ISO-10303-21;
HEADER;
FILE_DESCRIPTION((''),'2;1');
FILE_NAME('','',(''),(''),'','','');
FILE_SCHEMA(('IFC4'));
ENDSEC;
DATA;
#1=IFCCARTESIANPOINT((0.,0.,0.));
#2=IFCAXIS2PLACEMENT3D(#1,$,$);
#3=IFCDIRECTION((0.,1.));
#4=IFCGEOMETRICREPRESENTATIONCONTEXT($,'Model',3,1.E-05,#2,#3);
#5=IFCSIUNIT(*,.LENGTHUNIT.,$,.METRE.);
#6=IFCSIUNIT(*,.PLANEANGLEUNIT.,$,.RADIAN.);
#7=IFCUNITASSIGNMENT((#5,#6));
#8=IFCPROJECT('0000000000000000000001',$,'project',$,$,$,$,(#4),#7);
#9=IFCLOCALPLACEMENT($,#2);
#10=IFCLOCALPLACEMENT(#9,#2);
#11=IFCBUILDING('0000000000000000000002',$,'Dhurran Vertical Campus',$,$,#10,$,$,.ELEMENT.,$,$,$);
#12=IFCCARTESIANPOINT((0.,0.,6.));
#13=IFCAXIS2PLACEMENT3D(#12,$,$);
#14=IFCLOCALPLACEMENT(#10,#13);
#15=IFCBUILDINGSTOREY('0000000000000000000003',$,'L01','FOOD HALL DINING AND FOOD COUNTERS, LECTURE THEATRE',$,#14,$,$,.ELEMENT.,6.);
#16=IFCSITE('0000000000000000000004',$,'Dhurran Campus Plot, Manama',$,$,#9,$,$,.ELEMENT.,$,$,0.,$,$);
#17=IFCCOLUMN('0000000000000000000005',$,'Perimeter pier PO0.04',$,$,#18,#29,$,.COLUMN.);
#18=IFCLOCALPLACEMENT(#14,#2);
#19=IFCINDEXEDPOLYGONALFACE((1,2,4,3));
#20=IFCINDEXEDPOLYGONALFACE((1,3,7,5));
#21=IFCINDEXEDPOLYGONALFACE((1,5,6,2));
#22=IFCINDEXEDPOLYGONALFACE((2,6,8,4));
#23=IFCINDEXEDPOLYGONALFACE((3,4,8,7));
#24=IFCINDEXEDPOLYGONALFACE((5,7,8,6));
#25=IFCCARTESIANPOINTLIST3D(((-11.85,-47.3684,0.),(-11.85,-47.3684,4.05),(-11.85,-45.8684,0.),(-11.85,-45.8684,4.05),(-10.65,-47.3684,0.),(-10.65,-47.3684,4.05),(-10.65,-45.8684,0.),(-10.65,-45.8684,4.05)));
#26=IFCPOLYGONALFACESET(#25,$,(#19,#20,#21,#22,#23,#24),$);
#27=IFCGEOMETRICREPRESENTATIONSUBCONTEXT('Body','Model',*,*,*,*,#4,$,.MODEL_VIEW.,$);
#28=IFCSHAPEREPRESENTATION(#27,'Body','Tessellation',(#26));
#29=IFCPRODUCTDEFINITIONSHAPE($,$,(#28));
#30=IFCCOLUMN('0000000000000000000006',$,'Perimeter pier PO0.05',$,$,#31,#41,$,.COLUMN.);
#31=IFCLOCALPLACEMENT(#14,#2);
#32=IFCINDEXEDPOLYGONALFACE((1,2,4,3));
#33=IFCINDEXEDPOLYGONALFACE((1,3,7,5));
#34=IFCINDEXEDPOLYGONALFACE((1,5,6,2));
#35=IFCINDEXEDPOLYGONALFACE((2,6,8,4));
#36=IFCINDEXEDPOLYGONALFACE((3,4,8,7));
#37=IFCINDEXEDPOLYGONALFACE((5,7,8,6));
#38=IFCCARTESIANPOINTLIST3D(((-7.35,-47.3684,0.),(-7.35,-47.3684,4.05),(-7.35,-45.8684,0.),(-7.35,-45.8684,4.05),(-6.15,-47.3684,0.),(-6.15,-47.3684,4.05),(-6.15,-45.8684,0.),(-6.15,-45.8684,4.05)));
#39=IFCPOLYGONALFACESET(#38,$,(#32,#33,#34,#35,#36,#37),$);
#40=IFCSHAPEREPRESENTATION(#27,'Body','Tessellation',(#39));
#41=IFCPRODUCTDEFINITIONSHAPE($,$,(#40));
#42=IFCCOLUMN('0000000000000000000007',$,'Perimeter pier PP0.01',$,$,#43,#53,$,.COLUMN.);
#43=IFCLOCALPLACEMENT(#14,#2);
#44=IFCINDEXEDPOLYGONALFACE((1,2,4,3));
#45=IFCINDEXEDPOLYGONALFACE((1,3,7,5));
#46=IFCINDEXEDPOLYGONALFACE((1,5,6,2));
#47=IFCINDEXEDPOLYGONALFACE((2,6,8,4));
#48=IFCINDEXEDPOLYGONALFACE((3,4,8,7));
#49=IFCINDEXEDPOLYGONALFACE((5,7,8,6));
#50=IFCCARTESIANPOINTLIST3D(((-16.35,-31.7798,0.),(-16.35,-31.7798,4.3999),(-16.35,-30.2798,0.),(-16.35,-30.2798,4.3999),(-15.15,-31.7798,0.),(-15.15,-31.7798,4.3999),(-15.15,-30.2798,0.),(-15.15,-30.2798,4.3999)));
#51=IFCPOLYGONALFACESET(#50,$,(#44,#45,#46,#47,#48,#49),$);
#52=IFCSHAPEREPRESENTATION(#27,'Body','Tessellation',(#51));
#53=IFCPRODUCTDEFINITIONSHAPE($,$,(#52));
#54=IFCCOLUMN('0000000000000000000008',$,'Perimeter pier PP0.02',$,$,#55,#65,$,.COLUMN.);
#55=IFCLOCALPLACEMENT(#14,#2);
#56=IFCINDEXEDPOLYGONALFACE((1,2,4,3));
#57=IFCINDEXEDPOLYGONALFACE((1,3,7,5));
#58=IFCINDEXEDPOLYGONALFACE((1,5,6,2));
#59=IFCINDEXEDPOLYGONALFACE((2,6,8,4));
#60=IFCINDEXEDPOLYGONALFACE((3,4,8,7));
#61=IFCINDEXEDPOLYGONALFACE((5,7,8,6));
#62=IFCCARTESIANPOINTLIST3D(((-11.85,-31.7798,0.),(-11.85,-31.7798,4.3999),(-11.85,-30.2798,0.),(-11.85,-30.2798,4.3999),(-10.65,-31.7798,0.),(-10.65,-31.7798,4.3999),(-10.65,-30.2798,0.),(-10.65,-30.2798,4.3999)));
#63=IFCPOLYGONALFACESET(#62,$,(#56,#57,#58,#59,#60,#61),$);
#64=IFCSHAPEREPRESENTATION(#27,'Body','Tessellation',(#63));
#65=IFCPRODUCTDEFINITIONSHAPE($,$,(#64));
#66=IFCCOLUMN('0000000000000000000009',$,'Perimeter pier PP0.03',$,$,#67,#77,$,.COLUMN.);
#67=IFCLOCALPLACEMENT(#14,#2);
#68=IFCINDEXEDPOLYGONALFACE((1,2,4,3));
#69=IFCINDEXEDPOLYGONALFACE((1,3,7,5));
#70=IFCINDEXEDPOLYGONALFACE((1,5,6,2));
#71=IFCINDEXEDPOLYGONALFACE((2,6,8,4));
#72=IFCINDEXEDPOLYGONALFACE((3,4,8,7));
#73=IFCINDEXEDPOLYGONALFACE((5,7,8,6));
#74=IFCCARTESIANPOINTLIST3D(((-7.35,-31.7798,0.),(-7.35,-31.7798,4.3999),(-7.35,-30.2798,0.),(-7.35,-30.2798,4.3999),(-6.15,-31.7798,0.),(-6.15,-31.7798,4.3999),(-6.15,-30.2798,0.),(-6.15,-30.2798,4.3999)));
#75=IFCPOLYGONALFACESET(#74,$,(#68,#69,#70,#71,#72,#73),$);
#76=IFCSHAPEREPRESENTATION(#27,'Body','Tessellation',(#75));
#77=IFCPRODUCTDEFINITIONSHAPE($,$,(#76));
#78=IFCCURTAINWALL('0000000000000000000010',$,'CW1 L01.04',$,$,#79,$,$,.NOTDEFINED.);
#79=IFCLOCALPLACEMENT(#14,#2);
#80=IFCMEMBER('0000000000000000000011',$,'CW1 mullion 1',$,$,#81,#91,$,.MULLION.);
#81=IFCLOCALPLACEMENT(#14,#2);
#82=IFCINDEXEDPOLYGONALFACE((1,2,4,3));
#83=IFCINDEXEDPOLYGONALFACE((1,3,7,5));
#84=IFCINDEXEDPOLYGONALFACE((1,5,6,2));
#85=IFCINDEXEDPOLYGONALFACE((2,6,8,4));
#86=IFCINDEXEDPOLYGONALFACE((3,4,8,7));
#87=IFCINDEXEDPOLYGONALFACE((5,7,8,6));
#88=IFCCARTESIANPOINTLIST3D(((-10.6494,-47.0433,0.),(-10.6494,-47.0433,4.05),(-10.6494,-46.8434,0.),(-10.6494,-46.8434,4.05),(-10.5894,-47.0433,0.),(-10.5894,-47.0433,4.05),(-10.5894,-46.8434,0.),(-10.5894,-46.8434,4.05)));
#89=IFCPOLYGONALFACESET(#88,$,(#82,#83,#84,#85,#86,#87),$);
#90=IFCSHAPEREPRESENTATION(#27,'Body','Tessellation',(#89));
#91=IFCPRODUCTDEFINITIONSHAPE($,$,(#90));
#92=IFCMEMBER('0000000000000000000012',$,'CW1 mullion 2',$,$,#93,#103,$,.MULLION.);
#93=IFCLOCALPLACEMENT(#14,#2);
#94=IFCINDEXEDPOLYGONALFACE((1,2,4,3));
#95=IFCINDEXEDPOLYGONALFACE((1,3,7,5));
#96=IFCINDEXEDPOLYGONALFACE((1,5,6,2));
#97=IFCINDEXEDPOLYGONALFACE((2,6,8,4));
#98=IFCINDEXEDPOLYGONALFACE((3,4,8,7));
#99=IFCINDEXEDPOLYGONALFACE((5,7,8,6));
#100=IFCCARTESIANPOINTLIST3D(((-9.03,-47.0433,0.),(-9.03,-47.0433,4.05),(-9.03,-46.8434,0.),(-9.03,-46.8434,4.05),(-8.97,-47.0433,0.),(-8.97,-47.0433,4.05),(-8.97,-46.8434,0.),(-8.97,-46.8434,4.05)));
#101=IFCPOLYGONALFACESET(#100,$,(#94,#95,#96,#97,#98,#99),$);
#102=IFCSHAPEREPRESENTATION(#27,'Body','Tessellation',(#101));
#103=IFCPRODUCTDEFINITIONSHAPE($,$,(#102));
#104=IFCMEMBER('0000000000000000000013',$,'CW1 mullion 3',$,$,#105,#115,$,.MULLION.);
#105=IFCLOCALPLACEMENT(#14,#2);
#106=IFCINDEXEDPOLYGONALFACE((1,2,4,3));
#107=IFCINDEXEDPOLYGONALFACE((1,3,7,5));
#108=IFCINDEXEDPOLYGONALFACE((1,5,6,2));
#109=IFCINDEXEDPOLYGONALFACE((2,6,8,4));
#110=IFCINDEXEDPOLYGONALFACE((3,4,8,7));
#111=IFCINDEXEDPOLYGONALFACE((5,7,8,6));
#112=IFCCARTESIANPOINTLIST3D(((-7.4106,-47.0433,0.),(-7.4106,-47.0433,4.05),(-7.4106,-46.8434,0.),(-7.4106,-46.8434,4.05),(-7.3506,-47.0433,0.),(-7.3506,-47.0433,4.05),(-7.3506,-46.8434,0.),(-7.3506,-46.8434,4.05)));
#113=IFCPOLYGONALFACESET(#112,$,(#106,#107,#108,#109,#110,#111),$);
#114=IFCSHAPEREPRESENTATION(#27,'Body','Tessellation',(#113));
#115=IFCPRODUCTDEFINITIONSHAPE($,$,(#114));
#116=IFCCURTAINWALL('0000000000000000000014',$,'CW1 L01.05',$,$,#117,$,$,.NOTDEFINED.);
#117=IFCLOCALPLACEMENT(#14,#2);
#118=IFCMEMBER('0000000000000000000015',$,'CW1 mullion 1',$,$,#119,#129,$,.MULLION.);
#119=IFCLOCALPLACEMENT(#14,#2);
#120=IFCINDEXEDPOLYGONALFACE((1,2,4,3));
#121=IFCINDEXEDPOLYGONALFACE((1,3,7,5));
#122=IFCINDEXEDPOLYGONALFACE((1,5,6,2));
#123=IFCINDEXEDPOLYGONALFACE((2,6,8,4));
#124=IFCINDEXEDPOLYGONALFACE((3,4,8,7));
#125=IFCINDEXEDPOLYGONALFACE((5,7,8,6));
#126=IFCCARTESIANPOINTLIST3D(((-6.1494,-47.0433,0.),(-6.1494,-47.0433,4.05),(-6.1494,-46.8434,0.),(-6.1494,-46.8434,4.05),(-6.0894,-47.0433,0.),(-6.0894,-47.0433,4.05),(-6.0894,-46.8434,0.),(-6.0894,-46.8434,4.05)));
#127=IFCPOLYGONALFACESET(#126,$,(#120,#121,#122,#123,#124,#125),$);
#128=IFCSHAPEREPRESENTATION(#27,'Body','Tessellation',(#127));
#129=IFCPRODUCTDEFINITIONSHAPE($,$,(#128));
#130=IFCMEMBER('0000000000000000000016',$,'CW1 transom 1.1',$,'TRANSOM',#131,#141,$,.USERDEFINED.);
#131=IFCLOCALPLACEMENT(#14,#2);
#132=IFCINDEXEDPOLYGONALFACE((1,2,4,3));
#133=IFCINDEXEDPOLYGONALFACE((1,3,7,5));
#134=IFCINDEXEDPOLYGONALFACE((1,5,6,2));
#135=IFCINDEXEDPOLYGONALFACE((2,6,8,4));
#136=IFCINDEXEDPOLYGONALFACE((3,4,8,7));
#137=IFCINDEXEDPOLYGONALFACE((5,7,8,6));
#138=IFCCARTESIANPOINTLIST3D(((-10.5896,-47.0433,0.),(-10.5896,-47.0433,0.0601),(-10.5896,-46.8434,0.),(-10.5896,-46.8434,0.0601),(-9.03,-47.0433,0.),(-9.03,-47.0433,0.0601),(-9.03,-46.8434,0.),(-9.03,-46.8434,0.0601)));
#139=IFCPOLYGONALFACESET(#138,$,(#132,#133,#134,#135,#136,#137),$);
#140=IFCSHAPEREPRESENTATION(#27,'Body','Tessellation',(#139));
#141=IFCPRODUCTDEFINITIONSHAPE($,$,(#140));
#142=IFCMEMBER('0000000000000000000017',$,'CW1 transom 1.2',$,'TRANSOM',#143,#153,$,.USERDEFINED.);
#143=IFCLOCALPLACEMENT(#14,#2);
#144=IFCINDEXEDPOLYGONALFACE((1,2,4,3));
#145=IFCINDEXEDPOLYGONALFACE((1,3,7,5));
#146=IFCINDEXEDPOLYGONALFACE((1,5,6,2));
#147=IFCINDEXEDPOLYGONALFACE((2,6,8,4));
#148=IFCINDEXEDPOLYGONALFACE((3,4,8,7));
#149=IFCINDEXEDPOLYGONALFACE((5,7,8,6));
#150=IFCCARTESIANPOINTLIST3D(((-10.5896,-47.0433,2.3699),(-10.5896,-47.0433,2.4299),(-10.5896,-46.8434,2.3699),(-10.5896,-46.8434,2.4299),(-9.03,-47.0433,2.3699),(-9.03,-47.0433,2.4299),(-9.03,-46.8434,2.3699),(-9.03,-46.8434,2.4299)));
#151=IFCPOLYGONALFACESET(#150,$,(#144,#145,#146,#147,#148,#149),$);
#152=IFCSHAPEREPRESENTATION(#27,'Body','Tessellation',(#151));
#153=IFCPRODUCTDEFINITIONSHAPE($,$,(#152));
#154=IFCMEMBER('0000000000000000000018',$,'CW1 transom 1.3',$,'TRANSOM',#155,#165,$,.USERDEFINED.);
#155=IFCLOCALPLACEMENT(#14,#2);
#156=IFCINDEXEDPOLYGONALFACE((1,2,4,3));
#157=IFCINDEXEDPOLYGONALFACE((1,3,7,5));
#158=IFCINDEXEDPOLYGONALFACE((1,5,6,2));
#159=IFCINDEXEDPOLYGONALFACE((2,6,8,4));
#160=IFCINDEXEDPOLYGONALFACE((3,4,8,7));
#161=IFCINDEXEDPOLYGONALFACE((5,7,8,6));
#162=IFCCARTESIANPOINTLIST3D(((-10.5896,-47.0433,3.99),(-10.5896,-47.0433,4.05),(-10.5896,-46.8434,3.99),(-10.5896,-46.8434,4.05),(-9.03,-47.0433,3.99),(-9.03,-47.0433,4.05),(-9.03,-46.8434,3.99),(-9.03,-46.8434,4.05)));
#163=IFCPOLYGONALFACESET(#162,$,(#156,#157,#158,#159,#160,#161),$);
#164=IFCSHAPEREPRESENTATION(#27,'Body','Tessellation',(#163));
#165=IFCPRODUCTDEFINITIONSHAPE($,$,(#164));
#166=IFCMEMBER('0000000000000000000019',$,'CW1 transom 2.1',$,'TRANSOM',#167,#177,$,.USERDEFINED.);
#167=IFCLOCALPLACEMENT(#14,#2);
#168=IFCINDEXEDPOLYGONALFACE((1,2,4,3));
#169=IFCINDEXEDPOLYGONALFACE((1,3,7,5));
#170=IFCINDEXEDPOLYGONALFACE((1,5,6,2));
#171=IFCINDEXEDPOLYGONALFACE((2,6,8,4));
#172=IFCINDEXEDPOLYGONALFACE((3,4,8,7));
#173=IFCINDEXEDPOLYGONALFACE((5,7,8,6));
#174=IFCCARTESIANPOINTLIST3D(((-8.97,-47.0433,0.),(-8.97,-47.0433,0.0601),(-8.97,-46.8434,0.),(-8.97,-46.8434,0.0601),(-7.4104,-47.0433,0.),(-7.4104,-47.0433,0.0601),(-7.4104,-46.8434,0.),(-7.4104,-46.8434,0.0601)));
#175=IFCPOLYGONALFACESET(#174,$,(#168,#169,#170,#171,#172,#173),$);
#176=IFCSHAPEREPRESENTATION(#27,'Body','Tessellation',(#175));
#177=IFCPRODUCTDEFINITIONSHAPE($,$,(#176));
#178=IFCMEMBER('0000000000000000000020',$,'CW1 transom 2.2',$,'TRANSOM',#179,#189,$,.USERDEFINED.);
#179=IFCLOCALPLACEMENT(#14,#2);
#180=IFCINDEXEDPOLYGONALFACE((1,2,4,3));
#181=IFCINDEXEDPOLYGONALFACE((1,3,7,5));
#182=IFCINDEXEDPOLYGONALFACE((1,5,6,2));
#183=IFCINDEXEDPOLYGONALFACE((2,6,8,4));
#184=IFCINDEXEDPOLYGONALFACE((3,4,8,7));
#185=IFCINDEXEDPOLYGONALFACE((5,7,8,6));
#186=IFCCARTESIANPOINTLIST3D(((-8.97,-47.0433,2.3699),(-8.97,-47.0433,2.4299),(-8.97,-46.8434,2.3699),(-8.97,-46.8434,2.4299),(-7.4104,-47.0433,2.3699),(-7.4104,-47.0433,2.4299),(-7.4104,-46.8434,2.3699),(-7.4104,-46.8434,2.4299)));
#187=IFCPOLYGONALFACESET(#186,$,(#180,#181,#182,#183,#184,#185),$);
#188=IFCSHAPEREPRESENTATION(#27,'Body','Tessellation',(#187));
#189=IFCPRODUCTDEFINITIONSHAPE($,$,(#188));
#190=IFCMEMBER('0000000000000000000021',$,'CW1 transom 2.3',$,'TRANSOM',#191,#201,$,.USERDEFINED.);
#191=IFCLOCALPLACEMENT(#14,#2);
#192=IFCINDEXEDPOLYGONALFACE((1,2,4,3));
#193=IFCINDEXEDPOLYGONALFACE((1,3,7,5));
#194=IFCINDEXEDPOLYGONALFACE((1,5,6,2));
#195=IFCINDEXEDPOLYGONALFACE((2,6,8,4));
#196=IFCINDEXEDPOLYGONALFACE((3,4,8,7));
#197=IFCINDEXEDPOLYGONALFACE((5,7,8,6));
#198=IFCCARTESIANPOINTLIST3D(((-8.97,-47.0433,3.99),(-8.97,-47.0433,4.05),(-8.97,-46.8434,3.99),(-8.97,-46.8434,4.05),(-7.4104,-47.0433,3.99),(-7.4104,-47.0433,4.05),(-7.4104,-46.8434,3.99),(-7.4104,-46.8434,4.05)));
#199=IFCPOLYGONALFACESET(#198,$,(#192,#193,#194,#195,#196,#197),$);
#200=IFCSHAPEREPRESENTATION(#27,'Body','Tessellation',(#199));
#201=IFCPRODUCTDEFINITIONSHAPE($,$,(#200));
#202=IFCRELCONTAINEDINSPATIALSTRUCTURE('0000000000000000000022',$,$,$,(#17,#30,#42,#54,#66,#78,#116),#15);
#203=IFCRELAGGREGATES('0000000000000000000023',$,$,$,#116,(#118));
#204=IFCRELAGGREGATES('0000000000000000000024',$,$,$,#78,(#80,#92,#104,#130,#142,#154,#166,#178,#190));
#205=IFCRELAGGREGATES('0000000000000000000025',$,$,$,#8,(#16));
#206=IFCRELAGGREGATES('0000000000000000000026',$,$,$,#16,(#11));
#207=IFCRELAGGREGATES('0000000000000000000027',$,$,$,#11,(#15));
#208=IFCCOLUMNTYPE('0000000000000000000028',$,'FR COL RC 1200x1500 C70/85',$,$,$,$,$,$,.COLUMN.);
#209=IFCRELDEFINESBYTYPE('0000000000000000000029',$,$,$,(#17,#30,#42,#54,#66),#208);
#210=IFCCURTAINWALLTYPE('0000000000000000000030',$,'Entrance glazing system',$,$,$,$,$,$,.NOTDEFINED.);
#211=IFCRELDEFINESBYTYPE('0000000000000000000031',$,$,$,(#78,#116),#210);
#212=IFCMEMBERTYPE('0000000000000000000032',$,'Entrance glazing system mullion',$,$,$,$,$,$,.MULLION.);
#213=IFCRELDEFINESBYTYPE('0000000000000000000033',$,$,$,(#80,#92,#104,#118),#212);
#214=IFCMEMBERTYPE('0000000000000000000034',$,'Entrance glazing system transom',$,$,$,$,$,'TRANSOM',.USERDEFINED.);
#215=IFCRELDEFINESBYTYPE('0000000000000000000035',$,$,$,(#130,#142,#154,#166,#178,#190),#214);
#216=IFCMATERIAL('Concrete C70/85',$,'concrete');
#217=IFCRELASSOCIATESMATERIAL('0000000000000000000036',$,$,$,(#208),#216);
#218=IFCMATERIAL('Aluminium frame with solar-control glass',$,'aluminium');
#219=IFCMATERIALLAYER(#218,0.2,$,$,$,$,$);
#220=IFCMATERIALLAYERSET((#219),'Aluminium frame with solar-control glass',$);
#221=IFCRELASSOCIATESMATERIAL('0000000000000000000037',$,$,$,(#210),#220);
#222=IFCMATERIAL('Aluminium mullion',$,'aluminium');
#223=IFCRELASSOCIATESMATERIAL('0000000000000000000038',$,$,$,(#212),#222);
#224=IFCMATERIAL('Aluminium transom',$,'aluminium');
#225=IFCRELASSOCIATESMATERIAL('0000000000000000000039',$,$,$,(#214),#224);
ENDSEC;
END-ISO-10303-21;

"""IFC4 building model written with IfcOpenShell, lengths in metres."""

from ifc_helpers import new_model, si_unit, direction, frame, origin, origin_2d, place, context, subcontext, project, spatial, rectangle, extrude, material, layer, layer_set, material_profile, profile_set, type_object, element, aggregate, save


model = new_model("IFC4")

# Units and contexts
model_context = context("Model", 3, precision=1e-05, world=origin(), true_north=direction((0.0, 1.0)))
body_context = subcontext(model_context, "Body", "Model", "MODEL_VIEW")
ifc_project = project(units=[si_unit("LENGTHUNIT", "METRE"), si_unit("PLANEANGLEUNIT", "RADIAN")], contexts=[model_context])

# Site, building, storey
site_placement = place(None, origin())
site = spatial("IfcSite", under=ifc_project, at=site_placement, Name="Dhurran Campus Plot, Manama", CompositionType="ELEMENT", RefElevation=0.0)
building_placement = place(site_placement, origin())
building = spatial("IfcBuilding", under=site, at=building_placement, Name="Dhurran Vertical Campus", CompositionType="ELEMENT")
storey_placement = place(building_placement, frame((0.0, 0.0, 6.0)))
storey = spatial("IfcBuildingStorey", under=building, at=storey_placement, Name="L01", Description="FOOD HALL DINING AND FOOD COUNTERS, LECTURE THEATRE", CompositionType="ELEMENT", Elevation=6.0)

# Columns
ifc_material_1 = material(Name="Concrete C70/85", Category="concrete")
ifc_material_profile_1 = material_profile(ifc_material_1, rectangle(XDim=1.2, YDim=1.5, at=origin_2d()), Name="RC 1200x1500")
ifc_profile_set_1 = profile_set([ifc_material_profile_1], Name="Concrete C70/85")
column_type = type_object("IfcColumnType", Name="FR COL RC 1200x1500 C70/85", PredefinedType="COLUMN", material=ifc_profile_set_1)
for number, where, z_axis, x_axis, name in (
    (1, (-11.25, -46.6184, 0.0), (0.0, 0.0, 1.0), (1.0, 0.0, 0.0), "Perimeter pier PO0.04"),
    (2, (-6.75, -46.6184, 0.0), (0.0, 0.0, 1.0), (1.0, 0.0, 0.0), "Perimeter pier PO0.05"),
):
    element("IfcColumn", number, at=place(storey_placement, frame(where, z_axis=z_axis, x_axis=x_axis)), inside=storey, type_object=column_type, Name=name, PredefinedType="COLUMN", context=body_context, shape_type="SweptSolid", body=[
        extrude(rectangle(XDim=1.2, YDim=1.5, at=origin_2d()), origin(), (0.0, 0.0, 1.0), 4.05),
    ])
for number, where, z_axis, x_axis, name in (
    (3, (-15.75, -31.0298, 0.0), (0.0, 0.0, 1.0), (1.0, 0.0, 0.0), "Perimeter pier PP0.01"),
    (4, (-11.25, -31.0298, 0.0), (0.0, 0.0, 1.0), (1.0, 0.0, 0.0), "Perimeter pier PP0.02"),
    (5, (-6.75, -31.0298, 0.0), (0.0, 0.0, 1.0), (1.0, 0.0, 0.0), "Perimeter pier PP0.03"),
):
    element("IfcColumn", number, at=place(storey_placement, frame(where, z_axis=z_axis, x_axis=x_axis)), inside=storey, type_object=column_type, Name=name, PredefinedType="COLUMN", context=body_context, shape_type="SweptSolid", body=[
        extrude(rectangle(XDim=1.2, YDim=1.5, at=origin_2d()), origin(), (0.0, 0.0, 1.0), 4.3999),
    ])

# Curtain wall, members
ifc_material_2 = material(Name="Aluminium frame with solar-control glass", Category="aluminium")
ifc_layer_1 = layer(ifc_material_2, 0.2)
ifc_layer_set_1 = layer_set([ifc_layer_1], Name="Aluminium frame with solar-control glass")
curtain_wall_type = type_object("IfcCurtainWallType", Name="Entrance glazing system", PredefinedType="NOTDEFINED", material=ifc_layer_set_1)
curtain_wall_1_placement = place(storey_placement, origin())
curtain_wall_1 = element("IfcCurtainWall", 6, at=curtain_wall_1_placement, inside=storey, type_object=curtain_wall_type, Name="CW1 L01.04", PredefinedType="NOTDEFINED")
ifc_material_3 = material(Name="Aluminium mullion", Category="aluminium")
ifc_material_profile_2 = material_profile(ifc_material_3, rectangle(XDim=0.2, YDim=0.0601, at=origin_2d()), Name="Entrance glazing system mullion")
ifc_profile_set_2 = profile_set([ifc_material_profile_2], Name="Aluminium mullion")
member_type_1 = type_object("IfcMemberType", Name="Entrance glazing system mullion", PredefinedType="MULLION", material=ifc_profile_set_2)
member_1_placement = place(storey_placement, frame((-10.6194, -46.9434, 0.0), z_axis=(0.0, 0.0, 1.0), x_axis=(0.0, 1.0, 0.0)))
member_1 = element("IfcMember", 7, at=member_1_placement, type_object=member_type_1, Name="CW1 mullion 1", PredefinedType="MULLION", context=body_context, shape_type="SweptSolid", body=[
    extrude(rectangle(XDim=0.2, YDim=0.0601, at=origin_2d()), origin(), (0.0, 0.0, 1.0), 4.05),
])
member_2_placement = place(storey_placement, frame((-9.0, -46.9434, 0.0), z_axis=(0.0, 0.0, 1.0), x_axis=(0.0, 1.0, 0.0)))
member_2 = element("IfcMember", 8, at=member_2_placement, type_object=member_type_1, Name="CW1 mullion 2", PredefinedType="MULLION", context=body_context, shape_type="SweptSolid", body=[
    extrude(rectangle(XDim=0.2, YDim=0.0601, at=origin_2d()), origin(), (0.0, 0.0, 1.0), 4.05),
])
member_3_placement = place(storey_placement, frame((-7.3806, -46.9434, 0.0), z_axis=(0.0, 0.0, 1.0), x_axis=(0.0, 1.0, 0.0)))
member_3 = element("IfcMember", 9, at=member_3_placement, type_object=member_type_1, Name="CW1 mullion 3", PredefinedType="MULLION", context=body_context, shape_type="SweptSolid", body=[
    extrude(rectangle(XDim=0.2, YDim=0.0601, at=origin_2d()), origin(), (0.0, 0.0, 1.0), 4.05),
])

# Curtain wall, member
curtain_wall_2_placement = place(storey_placement, origin())
curtain_wall_2 = element("IfcCurtainWall", 10, at=curtain_wall_2_placement, inside=storey, type_object=curtain_wall_type, Name="CW1 L01.05", PredefinedType="NOTDEFINED")
member_4_placement = place(storey_placement, frame((-6.1194, -46.9434, 0.0), z_axis=(0.0, 0.0, 1.0), x_axis=(0.0, 1.0, 0.0)))
member_4 = element("IfcMember", 11, at=member_4_placement, type_object=member_type_1, Name="CW1 mullion 1", PredefinedType="MULLION", context=body_context, shape_type="SweptSolid", body=[
    extrude(rectangle(XDim=0.2, YDim=0.0601, at=origin_2d()), origin(), (0.0, 0.0, 1.0), 4.05),
])

# Members
ifc_material_4 = material(Name="Aluminium transom", Category="aluminium")
ifc_material_profile_3 = material_profile(ifc_material_4, rectangle(XDim=0.2, YDim=0.0601, at=origin_2d()), Name="Entrance glazing system transom")
ifc_profile_set_3 = profile_set([ifc_material_profile_3], Name="Aluminium transom")
member_type_2 = type_object("IfcMemberType", Name="Entrance glazing system transom", ElementType="TRANSOM", PredefinedType="USERDEFINED", material=ifc_profile_set_3)
member_5_placement = place(storey_placement, frame((-10.5896, -46.9434, 0.03), z_axis=(1.0, 0.0, 0.0), x_axis=(0.0, 1.0, 0.0)))
member_5 = element("IfcMember", 12, at=member_5_placement, type_object=member_type_2, Name="CW1 transom 1.1", ObjectType="TRANSOM", PredefinedType="USERDEFINED", context=body_context, shape_type="SweptSolid", body=[
    extrude(rectangle(XDim=0.2, YDim=0.0601, at=origin_2d()), origin(), (0.0, 0.0, 1.0), 1.5596),
])
member_6_placement = place(storey_placement, frame((-10.5896, -46.9434, 2.3999), z_axis=(1.0, 0.0, 0.0), x_axis=(0.0, 1.0, 0.0)))
member_6 = element("IfcMember", 13, at=member_6_placement, type_object=member_type_2, Name="CW1 transom 1.2", ObjectType="TRANSOM", PredefinedType="USERDEFINED", context=body_context, shape_type="SweptSolid", body=[
    extrude(rectangle(XDim=0.2, YDim=0.0601, at=origin_2d()), origin(), (0.0, 0.0, 1.0), 1.5596),
])
member_7_placement = place(storey_placement, frame((-10.5896, -46.9434, 4.02), z_axis=(1.0, 0.0, 0.0), x_axis=(0.0, 1.0, 0.0)))
member_7 = element("IfcMember", 14, at=member_7_placement, type_object=member_type_2, Name="CW1 transom 1.3", ObjectType="TRANSOM", PredefinedType="USERDEFINED", context=body_context, shape_type="SweptSolid", body=[
    extrude(rectangle(XDim=0.2, YDim=0.0601, at=origin_2d()), origin(), (0.0, 0.0, 1.0), 1.5596),
])
member_8_placement = place(storey_placement, frame((-8.97, -46.9434, 0.03), z_axis=(1.0, 0.0, 0.0), x_axis=(0.0, 1.0, 0.0)))
member_8 = element("IfcMember", 15, at=member_8_placement, type_object=member_type_2, Name="CW1 transom 2.1", ObjectType="TRANSOM", PredefinedType="USERDEFINED", context=body_context, shape_type="SweptSolid", body=[
    extrude(rectangle(XDim=0.2, YDim=0.0601, at=origin_2d()), origin(), (0.0, 0.0, 1.0), 1.5596),
])
member_9_placement = place(storey_placement, frame((-8.97, -46.9434, 2.3999), z_axis=(1.0, 0.0, 0.0), x_axis=(0.0, 1.0, 0.0)))
member_9 = element("IfcMember", 16, at=member_9_placement, type_object=member_type_2, Name="CW1 transom 2.2", ObjectType="TRANSOM", PredefinedType="USERDEFINED", context=body_context, shape_type="SweptSolid", body=[
    extrude(rectangle(XDim=0.2, YDim=0.0601, at=origin_2d()), origin(), (0.0, 0.0, 1.0), 1.5596),
])
member_10_placement = place(storey_placement, frame((-8.97, -46.9434, 4.02), z_axis=(1.0, 0.0, 0.0), x_axis=(0.0, 1.0, 0.0)))
member_10 = element("IfcMember", 17, at=member_10_placement, type_object=member_type_2, Name="CW1 transom 2.3", ObjectType="TRANSOM", PredefinedType="USERDEFINED", context=body_context, shape_type="SweptSolid", body=[
    extrude(rectangle(XDim=0.2, YDim=0.0601, at=origin_2d()), origin(), (0.0, 0.0, 1.0), 1.5596),
])
aggregate(curtain_wall_2, [member_4])

aggregate(curtain_wall_1, [member_1, member_2, member_3, member_5, member_6, member_7, member_8, member_9, member_10])

save(model, "model.ifc")
